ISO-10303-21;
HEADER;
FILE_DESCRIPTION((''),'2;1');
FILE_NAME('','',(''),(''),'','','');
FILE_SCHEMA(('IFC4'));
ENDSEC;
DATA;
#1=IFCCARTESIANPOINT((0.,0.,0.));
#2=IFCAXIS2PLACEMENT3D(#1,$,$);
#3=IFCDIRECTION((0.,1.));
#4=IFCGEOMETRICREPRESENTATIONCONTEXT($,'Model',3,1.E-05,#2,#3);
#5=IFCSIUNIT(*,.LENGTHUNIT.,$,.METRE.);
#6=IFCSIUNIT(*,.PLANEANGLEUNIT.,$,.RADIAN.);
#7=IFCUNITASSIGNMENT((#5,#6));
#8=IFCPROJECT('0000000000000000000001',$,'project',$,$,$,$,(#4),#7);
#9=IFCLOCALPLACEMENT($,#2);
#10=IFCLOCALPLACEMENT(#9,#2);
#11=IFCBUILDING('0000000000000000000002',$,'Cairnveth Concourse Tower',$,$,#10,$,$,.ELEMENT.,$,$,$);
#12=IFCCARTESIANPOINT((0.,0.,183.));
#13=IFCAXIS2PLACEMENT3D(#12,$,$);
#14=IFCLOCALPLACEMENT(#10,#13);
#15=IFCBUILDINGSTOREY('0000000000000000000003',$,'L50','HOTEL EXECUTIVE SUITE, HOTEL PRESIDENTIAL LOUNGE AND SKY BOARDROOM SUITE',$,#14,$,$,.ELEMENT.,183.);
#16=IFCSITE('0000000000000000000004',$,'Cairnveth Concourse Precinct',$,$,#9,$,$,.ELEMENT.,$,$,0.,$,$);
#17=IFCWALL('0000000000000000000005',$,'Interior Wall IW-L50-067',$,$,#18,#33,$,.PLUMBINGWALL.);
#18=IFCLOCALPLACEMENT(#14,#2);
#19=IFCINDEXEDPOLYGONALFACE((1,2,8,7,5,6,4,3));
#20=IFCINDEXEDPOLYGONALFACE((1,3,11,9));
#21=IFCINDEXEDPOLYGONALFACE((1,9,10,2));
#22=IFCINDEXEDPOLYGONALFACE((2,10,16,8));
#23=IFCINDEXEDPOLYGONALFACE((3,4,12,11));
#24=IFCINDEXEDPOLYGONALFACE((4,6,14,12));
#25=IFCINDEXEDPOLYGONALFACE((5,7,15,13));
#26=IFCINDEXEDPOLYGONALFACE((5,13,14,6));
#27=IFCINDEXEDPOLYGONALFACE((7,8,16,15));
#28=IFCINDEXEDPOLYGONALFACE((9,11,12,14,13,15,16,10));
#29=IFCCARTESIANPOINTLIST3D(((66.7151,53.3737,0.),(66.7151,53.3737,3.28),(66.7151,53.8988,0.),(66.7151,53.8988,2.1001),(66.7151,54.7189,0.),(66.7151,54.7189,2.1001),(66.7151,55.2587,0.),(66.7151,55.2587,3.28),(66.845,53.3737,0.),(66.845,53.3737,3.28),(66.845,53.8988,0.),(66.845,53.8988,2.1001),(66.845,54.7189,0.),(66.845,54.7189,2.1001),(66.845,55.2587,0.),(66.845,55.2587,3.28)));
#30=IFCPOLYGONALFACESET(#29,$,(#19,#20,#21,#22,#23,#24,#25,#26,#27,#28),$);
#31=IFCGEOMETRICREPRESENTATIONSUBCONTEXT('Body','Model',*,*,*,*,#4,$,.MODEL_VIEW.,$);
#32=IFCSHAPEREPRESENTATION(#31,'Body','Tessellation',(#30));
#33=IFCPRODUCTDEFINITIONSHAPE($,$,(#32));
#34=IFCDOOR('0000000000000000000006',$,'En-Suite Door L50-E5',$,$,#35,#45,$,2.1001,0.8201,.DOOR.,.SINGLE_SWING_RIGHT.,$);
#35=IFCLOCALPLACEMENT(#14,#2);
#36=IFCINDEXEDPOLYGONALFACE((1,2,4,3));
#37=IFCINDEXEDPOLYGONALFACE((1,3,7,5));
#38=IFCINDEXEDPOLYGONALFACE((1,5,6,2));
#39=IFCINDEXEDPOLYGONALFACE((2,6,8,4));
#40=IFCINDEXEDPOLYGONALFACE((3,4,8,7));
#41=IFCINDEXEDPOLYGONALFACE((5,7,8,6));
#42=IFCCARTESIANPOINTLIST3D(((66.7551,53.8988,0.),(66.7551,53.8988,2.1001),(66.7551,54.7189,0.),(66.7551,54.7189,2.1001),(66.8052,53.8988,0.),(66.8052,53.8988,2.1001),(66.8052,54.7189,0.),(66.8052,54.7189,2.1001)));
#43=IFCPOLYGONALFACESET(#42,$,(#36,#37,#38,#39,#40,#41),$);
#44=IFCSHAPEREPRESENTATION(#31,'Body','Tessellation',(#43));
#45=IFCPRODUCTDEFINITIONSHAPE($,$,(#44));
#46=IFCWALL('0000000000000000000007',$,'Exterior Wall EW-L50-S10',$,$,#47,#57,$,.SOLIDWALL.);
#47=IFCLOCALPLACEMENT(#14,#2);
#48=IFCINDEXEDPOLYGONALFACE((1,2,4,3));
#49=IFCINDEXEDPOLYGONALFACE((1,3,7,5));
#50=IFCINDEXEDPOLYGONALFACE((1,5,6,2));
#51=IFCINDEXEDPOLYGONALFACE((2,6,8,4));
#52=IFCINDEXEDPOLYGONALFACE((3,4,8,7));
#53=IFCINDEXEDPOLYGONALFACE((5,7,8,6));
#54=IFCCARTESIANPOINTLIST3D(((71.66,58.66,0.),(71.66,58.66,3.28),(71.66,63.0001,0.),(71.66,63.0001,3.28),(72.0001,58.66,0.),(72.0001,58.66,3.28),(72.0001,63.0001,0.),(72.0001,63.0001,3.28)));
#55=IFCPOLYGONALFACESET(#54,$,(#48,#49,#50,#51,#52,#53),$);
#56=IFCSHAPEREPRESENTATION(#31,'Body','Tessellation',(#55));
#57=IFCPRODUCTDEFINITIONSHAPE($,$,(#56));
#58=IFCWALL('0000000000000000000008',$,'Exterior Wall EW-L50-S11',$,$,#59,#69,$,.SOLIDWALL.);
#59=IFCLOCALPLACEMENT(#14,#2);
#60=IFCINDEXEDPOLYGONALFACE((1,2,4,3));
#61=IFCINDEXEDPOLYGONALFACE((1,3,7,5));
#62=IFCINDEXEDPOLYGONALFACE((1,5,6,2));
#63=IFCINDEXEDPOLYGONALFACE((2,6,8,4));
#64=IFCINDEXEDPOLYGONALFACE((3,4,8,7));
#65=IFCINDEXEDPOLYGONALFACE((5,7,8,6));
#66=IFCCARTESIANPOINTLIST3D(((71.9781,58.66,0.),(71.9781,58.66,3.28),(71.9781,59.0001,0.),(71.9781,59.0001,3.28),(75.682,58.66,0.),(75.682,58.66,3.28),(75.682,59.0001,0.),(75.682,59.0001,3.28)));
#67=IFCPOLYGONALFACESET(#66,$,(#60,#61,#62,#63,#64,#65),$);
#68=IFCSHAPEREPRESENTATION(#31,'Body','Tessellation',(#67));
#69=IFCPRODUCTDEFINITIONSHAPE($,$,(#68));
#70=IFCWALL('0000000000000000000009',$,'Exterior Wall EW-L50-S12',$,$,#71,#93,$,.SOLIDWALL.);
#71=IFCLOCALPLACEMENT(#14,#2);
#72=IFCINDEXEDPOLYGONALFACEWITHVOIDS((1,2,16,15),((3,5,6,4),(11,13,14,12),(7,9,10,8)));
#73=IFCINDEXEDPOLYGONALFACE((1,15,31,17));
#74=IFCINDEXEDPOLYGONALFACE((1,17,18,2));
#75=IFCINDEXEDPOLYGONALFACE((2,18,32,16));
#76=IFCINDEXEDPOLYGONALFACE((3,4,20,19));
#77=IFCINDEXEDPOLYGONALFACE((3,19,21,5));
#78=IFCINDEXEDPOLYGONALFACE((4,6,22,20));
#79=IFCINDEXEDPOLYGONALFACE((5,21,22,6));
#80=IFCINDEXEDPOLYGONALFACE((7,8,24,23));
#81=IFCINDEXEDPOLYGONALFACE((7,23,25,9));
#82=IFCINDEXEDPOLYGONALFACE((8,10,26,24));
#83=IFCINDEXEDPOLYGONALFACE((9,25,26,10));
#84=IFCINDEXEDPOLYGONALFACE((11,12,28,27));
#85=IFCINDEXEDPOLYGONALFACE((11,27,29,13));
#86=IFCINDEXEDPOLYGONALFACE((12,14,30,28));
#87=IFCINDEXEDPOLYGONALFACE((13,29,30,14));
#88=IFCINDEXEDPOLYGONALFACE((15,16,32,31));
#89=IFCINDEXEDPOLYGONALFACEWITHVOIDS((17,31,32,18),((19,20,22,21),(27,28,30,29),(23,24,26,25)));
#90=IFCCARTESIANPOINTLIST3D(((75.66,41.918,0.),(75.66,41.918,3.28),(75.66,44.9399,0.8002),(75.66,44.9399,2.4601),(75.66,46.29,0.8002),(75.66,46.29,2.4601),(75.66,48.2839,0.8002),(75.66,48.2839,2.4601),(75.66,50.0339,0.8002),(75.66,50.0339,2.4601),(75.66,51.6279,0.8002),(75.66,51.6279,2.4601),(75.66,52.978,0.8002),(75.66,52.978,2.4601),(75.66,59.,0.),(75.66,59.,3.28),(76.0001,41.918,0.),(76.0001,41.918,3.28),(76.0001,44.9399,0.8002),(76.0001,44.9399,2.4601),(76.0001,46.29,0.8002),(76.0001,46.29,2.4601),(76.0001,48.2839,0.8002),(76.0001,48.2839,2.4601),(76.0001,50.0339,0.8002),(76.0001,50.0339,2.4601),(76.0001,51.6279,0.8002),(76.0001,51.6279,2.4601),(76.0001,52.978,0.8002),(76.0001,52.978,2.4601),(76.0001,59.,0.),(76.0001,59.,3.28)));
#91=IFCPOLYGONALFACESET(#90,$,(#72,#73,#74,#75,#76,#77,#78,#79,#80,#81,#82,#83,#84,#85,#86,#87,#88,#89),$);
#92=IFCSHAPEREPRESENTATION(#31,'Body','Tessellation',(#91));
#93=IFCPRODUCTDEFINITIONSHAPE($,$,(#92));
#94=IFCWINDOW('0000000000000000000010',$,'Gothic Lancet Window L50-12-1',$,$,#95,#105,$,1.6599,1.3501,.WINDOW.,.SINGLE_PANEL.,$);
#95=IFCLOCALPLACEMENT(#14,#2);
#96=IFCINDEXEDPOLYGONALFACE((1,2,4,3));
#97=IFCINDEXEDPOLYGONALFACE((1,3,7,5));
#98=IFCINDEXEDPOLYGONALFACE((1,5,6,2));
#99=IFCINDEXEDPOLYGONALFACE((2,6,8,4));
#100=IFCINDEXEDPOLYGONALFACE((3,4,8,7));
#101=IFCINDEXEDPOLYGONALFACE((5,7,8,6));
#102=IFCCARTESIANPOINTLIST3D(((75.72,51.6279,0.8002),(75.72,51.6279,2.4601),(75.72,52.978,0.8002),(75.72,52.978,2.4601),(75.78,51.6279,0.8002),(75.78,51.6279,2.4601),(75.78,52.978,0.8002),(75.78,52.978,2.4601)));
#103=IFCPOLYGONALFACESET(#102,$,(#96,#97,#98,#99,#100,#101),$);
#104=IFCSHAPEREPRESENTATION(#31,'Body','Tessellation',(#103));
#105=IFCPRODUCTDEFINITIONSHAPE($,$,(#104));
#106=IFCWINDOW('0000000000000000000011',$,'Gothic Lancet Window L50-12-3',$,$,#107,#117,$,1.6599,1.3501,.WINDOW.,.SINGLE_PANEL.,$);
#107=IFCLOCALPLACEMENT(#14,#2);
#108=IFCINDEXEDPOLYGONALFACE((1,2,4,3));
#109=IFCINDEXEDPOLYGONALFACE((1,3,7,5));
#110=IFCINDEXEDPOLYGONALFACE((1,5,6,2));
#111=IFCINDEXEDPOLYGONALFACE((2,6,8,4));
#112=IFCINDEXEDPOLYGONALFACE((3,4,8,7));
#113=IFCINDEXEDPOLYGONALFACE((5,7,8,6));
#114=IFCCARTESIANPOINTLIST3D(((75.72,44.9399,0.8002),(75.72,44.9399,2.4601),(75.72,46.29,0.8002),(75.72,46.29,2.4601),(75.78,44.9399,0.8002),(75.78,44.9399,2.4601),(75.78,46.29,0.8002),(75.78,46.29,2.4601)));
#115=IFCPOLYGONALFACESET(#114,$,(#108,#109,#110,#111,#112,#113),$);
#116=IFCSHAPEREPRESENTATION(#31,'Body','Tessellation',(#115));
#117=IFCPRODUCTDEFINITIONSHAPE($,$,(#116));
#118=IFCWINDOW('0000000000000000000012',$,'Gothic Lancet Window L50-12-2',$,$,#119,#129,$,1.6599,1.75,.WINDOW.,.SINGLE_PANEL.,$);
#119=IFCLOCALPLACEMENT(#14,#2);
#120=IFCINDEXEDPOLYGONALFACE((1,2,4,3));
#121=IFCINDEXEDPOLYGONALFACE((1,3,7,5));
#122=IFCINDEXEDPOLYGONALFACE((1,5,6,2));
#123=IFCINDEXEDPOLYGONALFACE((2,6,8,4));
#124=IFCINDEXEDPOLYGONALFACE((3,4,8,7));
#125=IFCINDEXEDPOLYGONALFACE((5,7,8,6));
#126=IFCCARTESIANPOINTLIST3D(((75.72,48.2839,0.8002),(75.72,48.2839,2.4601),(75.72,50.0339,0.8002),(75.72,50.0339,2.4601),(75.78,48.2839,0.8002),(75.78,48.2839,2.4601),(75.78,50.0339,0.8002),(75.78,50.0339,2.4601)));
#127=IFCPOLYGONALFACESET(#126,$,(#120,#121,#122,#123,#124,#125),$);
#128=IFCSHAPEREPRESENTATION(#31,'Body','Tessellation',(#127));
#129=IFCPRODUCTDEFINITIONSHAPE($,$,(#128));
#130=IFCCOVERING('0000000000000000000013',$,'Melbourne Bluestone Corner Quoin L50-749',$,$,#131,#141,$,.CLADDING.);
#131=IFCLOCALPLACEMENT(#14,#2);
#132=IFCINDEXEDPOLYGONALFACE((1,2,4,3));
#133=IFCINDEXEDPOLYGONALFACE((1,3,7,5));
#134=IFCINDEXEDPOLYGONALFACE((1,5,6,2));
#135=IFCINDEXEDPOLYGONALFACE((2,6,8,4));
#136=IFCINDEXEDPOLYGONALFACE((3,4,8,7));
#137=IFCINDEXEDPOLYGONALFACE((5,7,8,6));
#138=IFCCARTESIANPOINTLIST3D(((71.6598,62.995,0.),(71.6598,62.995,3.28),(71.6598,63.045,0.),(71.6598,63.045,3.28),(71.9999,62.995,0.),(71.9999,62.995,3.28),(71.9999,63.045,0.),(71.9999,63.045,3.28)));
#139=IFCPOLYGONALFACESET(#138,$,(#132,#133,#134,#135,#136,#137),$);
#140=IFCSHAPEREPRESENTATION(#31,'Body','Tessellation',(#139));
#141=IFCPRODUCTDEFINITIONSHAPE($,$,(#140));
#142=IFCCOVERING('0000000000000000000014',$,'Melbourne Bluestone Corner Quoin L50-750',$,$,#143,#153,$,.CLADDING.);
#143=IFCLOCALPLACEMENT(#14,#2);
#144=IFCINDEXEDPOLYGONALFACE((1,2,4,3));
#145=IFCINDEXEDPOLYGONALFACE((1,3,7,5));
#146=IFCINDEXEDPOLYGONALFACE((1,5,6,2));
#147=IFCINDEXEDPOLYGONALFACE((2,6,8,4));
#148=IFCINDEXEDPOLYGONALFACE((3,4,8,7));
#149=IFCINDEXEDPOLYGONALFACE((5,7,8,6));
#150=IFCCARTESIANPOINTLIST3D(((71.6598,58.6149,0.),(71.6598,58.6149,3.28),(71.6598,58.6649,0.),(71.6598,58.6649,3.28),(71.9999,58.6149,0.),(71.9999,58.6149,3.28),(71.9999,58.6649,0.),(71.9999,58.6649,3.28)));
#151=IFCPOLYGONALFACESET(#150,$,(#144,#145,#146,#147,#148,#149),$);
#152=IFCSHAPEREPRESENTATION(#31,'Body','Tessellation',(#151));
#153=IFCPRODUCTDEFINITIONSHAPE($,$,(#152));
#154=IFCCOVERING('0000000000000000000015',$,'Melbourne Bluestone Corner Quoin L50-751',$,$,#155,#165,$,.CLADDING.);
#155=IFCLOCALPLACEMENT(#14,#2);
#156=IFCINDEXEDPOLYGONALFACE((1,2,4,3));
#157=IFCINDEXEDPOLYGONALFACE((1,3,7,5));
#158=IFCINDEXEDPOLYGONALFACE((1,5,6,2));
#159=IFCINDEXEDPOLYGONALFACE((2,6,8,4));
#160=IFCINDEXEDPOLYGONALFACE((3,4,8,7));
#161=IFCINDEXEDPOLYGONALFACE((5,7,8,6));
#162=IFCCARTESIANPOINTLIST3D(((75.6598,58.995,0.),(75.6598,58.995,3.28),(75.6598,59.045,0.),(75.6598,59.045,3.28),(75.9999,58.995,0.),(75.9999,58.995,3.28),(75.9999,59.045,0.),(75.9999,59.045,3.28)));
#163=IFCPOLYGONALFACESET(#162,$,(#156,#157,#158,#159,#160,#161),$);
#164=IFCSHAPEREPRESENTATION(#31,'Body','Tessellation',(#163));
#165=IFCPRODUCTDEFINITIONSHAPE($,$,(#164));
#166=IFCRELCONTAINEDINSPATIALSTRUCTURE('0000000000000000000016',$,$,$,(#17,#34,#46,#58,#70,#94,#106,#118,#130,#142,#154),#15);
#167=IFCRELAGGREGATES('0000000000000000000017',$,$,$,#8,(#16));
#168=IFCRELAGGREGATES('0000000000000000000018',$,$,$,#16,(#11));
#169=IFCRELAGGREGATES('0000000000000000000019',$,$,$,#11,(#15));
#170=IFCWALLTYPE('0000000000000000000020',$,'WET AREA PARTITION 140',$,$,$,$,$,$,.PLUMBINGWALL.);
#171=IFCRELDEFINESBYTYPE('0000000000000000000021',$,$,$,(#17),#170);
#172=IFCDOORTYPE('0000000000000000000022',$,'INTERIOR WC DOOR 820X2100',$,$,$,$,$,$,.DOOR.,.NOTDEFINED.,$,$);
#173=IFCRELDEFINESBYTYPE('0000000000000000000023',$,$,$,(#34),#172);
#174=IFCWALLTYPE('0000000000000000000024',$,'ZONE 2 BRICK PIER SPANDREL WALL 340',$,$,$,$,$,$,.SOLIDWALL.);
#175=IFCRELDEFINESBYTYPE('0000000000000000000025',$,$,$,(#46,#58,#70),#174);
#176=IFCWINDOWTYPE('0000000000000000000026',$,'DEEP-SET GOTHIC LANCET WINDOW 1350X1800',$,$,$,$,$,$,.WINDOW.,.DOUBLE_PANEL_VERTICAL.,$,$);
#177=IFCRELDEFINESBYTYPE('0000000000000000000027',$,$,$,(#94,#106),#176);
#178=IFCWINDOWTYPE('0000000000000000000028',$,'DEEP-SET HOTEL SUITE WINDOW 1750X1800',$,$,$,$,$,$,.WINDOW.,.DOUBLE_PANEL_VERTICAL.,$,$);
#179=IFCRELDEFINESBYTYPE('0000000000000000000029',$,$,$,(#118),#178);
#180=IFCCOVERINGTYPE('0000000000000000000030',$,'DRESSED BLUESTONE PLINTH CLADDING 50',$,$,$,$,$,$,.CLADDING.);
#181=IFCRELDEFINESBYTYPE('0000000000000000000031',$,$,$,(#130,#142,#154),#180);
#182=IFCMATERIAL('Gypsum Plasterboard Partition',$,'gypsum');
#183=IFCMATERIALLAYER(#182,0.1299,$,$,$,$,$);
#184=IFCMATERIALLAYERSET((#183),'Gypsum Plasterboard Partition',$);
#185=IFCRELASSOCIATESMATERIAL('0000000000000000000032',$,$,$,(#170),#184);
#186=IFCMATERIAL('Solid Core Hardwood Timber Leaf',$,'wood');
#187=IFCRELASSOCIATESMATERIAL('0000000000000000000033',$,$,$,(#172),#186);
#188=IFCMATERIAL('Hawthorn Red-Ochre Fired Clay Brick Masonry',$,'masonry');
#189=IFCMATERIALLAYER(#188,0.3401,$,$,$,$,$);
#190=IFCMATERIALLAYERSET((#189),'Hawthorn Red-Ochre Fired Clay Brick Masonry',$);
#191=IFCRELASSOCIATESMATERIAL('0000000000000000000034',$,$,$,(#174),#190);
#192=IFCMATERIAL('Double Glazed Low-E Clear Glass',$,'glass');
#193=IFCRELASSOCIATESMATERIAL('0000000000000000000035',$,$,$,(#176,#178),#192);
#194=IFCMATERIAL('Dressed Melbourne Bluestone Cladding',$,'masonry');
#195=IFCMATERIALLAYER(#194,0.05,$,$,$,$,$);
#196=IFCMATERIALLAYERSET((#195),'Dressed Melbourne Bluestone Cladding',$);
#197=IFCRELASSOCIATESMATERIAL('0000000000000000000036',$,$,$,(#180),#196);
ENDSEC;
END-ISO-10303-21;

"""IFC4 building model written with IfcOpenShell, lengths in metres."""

from ifc_helpers import new_model, si_unit, direction, frame, frame_2d, origin, place, context, subcontext, project, spatial, rectangle, extrude, material, layer, layer_set, type_object, element, fill, save


model = new_model("IFC4")

# Units and contexts
model_context = context("Model", 3, precision=1e-05, world=origin(), true_north=direction((0.0, 1.0)))
body_context = subcontext(model_context, "Body", "Model", "MODEL_VIEW")
ifc_project = project(units=[si_unit("LENGTHUNIT", "METRE"), si_unit("PLANEANGLEUNIT", "RADIAN")], contexts=[model_context])

# Site, building, storey
site_placement = place(None, origin())
site = spatial("IfcSite", under=ifc_project, at=site_placement, Name="Cairnveth Concourse Precinct", CompositionType="ELEMENT", RefElevation=0.0)
building_placement = place(site_placement, origin())
building = spatial("IfcBuilding", under=site, at=building_placement, Name="Cairnveth Concourse Tower", CompositionType="ELEMENT")
storey_placement = place(building_placement, frame((0.0, 0.0, 183.0)))
storey = spatial("IfcBuildingStorey", under=building, at=storey_placement, Name="L50", Description="HOTEL EXECUTIVE SUITE, HOTEL PRESIDENTIAL LOUNGE AND SKY BOARDROOM SUITE", CompositionType="ELEMENT", Elevation=183.0)

# Shared definitions
ifc_material_1 = material(Name="Gypsum Plasterboard Partition", Category="gypsum")
ifc_material_2 = material(Name="Solid Core Hardwood Timber Leaf", Category="wood")

# Shared definitions
ifc_layer_1 = layer(ifc_material_1, 0.1299)
ifc_layer_set_1 = layer_set([ifc_layer_1], Name="Gypsum Plasterboard Partition")
wall_type_1 = type_object("IfcWallType", Name="WET AREA PARTITION 140", PredefinedType="PLUMBINGWALL", material=ifc_layer_set_1)

# Wall, opening, door
wall_1_placement = place(storey_placement, frame((66.78, 53.3738, 0.0), z_axis=(0.0, 0.0, 1.0), x_axis=(0.0, 1.0, 0.0)))
wall_1 = element("IfcWall", 1, at=wall_1_placement, inside=storey, type_object=wall_type_1, Name="Interior Wall IW-L50-067", PredefinedType="PLUMBINGWALL", context=body_context, shape_type="SweptSolid", body=[
    extrude(rectangle(XDim=1.885, YDim=0.1299, at=frame_2d((0.9424, 0.0))), origin(), (0.0, 0.0, 1.0), 3.28),
])
opening_1_placement = place(wall_1_placement, frame((0.5249, 0.0, 0.0)))
opening_1 = element("IfcOpeningElement", 2, at=opening_1_placement, cuts=wall_1, PredefinedType="OPENING", context=body_context, shape_type="SweptSolid", body=[
    extrude(rectangle(XDim=0.8201, YDim=2.1001, at=frame_2d((0.4102, 1.05))), frame((0.0, 0.075, 0.0), z_axis=(0.0, -1.0, 0.0), x_axis=(1.0, 0.0, 0.0)), (0.0, 0.0, 1.0), 0.1499),
])
door_type_1 = type_object("IfcDoorType", Name="INTERIOR WC DOOR 820X2100", OperationType="NOTDEFINED", PredefinedType="DOOR", material=ifc_material_2)
door_1_placement = place(opening_1_placement, origin())
door_1 = element("IfcDoor", 3, at=door_1_placement, inside=storey, type_object=door_type_1, Name="En-Suite Door L50-E5", OperationType="SINGLE_SWING_RIGHT", OverallHeight=2.1001, OverallWidth=0.8201, PredefinedType="DOOR", context=body_context, shape_type="SweptSolid", body=[
    extrude(rectangle(XDim=0.8201, YDim=2.1001, at=frame_2d((0.4102, 1.05))), frame((0.0, 0.0249, 0.0), z_axis=(0.0, -1.0, 0.0), x_axis=(1.0, 0.0, 0.0)), (0.0, 0.0, 1.0), 0.05),
])
fill(opening_1, door_1)

# Walls
ifc_material_3 = material(Name="Hawthorn Red-Ochre Fired Clay Brick Masonry", Category="masonry")
ifc_layer_2 = layer(ifc_material_3, 0.3401)
ifc_layer_set_2 = layer_set([ifc_layer_2], Name="Hawthorn Red-Ochre Fired Clay Brick Masonry")
wall_type_2 = type_object("IfcWallType", Name="ZONE 2 BRICK PIER SPANDREL WALL 340", PredefinedType="SOLIDWALL", material=ifc_layer_set_2)
wall_2_placement = place(storey_placement, frame((71.8301, 63.0, 0.0), z_axis=(0.0, 0.0, 1.0), x_axis=(0.0, -1.0, 0.0)))
element("IfcWall", 4, at=wall_2_placement, inside=storey, type_object=wall_type_2, Name="Exterior Wall EW-L50-S10", PredefinedType="SOLIDWALL", context=body_context, shape_type="SweptSolid", body=[
    extrude(rectangle(XDim=4.3401, YDim=0.3401, at=frame_2d((2.1699, 0.0))), origin(), (0.0, 0.0, 1.0), 3.28),
])
wall_3_placement = place(storey_placement, frame((71.978, 58.8301, 0.0), z_axis=(0.0, 0.0, 1.0), x_axis=(1.0, 0.0, 0.0)))
element("IfcWall", 5, at=wall_3_placement, inside=storey, type_object=wall_type_2, Name="Exterior Wall EW-L50-S11", PredefinedType="SOLIDWALL", context=body_context, shape_type="SweptSolid", body=[
    extrude(rectangle(XDim=3.7039, YDim=0.3401, at=frame_2d((1.8521, 0.0))), origin(), (0.0, 0.0, 1.0), 3.28),
])

# Wall, openings, windows
wall_4_placement = place(storey_placement, frame((75.8301, 59.0, 0.0), z_axis=(0.0, 0.0, 1.0), x_axis=(0.0, -1.0, 0.0)))
wall_4 = element("IfcWall", 6, at=wall_4_placement, inside=storey, type_object=wall_type_2, Name="Exterior Wall EW-L50-S12", PredefinedType="SOLIDWALL", context=body_context, shape_type="SweptSolid", body=[
    extrude(rectangle(XDim=17.082, YDim=0.3401, at=frame_2d((8.541, 0.0))), origin(), (0.0, 0.0, 1.0), 3.28),
])
opening_2_placement = place(wall_4_placement, frame((6.022, 0.0, 0.8)))
opening_2 = element("IfcOpeningElement", 7, at=opening_2_placement, cuts=wall_4, PredefinedType="OPENING", context=body_context, shape_type="SweptSolid", body=[
    extrude(rectangle(XDim=1.3501, YDim=1.6599, at=frame_2d((0.675, 0.8301))), frame((0.0, 0.1799, 0.0), z_axis=(0.0, -1.0, 0.0), x_axis=(1.0, 0.0, 0.0)), (0.0, 0.0, 1.0), 0.3601),
])
opening_3_placement = place(wall_4_placement, frame((8.9661, 0.0, 0.8)))
opening_3 = element("IfcOpeningElement", 8, at=opening_3_placement, cuts=wall_4, PredefinedType="OPENING", context=body_context, shape_type="SweptSolid", body=[
    extrude(rectangle(XDim=1.75, YDim=1.6599, at=frame_2d((0.875, 0.8301))), frame((0.0, 0.1799, 0.0), z_axis=(0.0, -1.0, 0.0), x_axis=(1.0, 0.0, 0.0)), (0.0, 0.0, 1.0), 0.3601),
])
opening_4_placement = place(wall_4_placement, frame((12.71, 0.0, 0.8)))
opening_4 = element("IfcOpeningElement", 9, at=opening_4_placement, cuts=wall_4, PredefinedType="OPENING", context=body_context, shape_type="SweptSolid", body=[
    extrude(rectangle(XDim=1.3501, YDim=1.6599, at=frame_2d((0.675, 0.8301))), frame((0.0, 0.1799, 0.0), z_axis=(0.0, -1.0, 0.0), x_axis=(1.0, 0.0, 0.0)), (0.0, 0.0, 1.0), 0.3601),
])
ifc_material_4 = material(Name="Double Glazed Low-E Clear Glass", Category="glass")
window_type_1 = type_object("IfcWindowType", Name="DEEP-SET GOTHIC LANCET WINDOW 1350X1800", PartitioningType="DOUBLE_PANEL_VERTICAL", PredefinedType="WINDOW", material=ifc_material_4)
window_1_placement = place(opening_2_placement, origin())
window_1 = element("IfcWindow", 10, at=window_1_placement, inside=storey, type_object=window_type_1, Name="Gothic Lancet Window L50-12-1", OverallHeight=1.6599, OverallWidth=1.3501, PartitioningType="SINGLE_PANEL", PredefinedType="WINDOW", context=body_context, shape_type="SweptSolid", body=[
    extrude(rectangle(XDim=1.3501, YDim=1.6599, at=frame_2d((0.675, 0.8301))), frame((0.0, -0.05, 0.0), z_axis=(0.0, -1.0, 0.0), x_axis=(1.0, 0.0, 0.0)), (0.0, 0.0, 1.0), 0.0601),
])
fill(opening_2, window_1)
window_2_placement = place(opening_4_placement, origin())
window_2 = element("IfcWindow", 11, at=window_2_placement, inside=storey, type_object=window_type_1, Name="Gothic Lancet Window L50-12-3", OverallHeight=1.6599, OverallWidth=1.3501, PartitioningType="SINGLE_PANEL", PredefinedType="WINDOW", context=body_context, shape_type="SweptSolid", body=[
    extrude(rectangle(XDim=1.3501, YDim=1.6599, at=frame_2d((0.675, 0.8301))), frame((0.0, -0.05, 0.0), z_axis=(0.0, -1.0, 0.0), x_axis=(1.0, 0.0, 0.0)), (0.0, 0.0, 1.0), 0.0601),
])
fill(opening_4, window_2)
window_type_2 = type_object("IfcWindowType", Name="DEEP-SET HOTEL SUITE WINDOW 1750X1800", PartitioningType="DOUBLE_PANEL_VERTICAL", PredefinedType="WINDOW", material=ifc_material_4)
window_3_placement = place(opening_3_placement, origin())
window_3 = element("IfcWindow", 12, at=window_3_placement, inside=storey, type_object=window_type_2, Name="Gothic Lancet Window L50-12-2", OverallHeight=1.6599, OverallWidth=1.75, PartitioningType="SINGLE_PANEL", PredefinedType="WINDOW", context=body_context, shape_type="SweptSolid", body=[
    extrude(rectangle(XDim=1.75, YDim=1.6599, at=frame_2d((0.875, 0.8301))), frame((0.0, -0.05, 0.0), z_axis=(0.0, -1.0, 0.0), x_axis=(1.0, 0.0, 0.0)), (0.0, 0.0, 1.0), 0.0601),
])
fill(opening_3, window_3)

# Coverings
ifc_material_5 = material(Name="Dressed Melbourne Bluestone Cladding", Category="masonry")
ifc_layer_3 = layer(ifc_material_5, 0.05)
ifc_layer_set_3 = layer_set([ifc_layer_3], Name="Dressed Melbourne Bluestone Cladding")
covering_type = type_object("IfcCoveringType", Name="DRESSED BLUESTONE PLINTH CLADDING 50", PredefinedType="CLADDING", material=ifc_layer_set_3)
for number, where, z_axis, x_axis, name in (
    (13, (71.6599, 63.02, 0.0), (0.0, 0.0, 1.0), (1.0, 0.0, 0.0), "Melbourne Bluestone Corner Quoin L50-749"),
    (14, (71.6599, 58.6399, 0.0), (0.0, 0.0, 1.0), (1.0, 0.0, 0.0), "Melbourne Bluestone Corner Quoin L50-750"),
    (15, (75.6599, 59.02, 0.0), (0.0, 0.0, 1.0), (1.0, 0.0, 0.0), "Melbourne Bluestone Corner Quoin L50-751"),
):
    element("IfcCovering", number, at=place(storey_placement, frame(where, z_axis=z_axis, x_axis=x_axis)), inside=storey, type_object=covering_type, Name=name, PredefinedType="CLADDING", context=body_context, shape_type="SweptSolid", body=[
        extrude(rectangle(XDim=0.3401, YDim=0.05, at=frame_2d((0.1699, 0.0))), origin(), (0.0, 0.0, 1.0), 3.28),
    ])

save(model, "model.ifc")
